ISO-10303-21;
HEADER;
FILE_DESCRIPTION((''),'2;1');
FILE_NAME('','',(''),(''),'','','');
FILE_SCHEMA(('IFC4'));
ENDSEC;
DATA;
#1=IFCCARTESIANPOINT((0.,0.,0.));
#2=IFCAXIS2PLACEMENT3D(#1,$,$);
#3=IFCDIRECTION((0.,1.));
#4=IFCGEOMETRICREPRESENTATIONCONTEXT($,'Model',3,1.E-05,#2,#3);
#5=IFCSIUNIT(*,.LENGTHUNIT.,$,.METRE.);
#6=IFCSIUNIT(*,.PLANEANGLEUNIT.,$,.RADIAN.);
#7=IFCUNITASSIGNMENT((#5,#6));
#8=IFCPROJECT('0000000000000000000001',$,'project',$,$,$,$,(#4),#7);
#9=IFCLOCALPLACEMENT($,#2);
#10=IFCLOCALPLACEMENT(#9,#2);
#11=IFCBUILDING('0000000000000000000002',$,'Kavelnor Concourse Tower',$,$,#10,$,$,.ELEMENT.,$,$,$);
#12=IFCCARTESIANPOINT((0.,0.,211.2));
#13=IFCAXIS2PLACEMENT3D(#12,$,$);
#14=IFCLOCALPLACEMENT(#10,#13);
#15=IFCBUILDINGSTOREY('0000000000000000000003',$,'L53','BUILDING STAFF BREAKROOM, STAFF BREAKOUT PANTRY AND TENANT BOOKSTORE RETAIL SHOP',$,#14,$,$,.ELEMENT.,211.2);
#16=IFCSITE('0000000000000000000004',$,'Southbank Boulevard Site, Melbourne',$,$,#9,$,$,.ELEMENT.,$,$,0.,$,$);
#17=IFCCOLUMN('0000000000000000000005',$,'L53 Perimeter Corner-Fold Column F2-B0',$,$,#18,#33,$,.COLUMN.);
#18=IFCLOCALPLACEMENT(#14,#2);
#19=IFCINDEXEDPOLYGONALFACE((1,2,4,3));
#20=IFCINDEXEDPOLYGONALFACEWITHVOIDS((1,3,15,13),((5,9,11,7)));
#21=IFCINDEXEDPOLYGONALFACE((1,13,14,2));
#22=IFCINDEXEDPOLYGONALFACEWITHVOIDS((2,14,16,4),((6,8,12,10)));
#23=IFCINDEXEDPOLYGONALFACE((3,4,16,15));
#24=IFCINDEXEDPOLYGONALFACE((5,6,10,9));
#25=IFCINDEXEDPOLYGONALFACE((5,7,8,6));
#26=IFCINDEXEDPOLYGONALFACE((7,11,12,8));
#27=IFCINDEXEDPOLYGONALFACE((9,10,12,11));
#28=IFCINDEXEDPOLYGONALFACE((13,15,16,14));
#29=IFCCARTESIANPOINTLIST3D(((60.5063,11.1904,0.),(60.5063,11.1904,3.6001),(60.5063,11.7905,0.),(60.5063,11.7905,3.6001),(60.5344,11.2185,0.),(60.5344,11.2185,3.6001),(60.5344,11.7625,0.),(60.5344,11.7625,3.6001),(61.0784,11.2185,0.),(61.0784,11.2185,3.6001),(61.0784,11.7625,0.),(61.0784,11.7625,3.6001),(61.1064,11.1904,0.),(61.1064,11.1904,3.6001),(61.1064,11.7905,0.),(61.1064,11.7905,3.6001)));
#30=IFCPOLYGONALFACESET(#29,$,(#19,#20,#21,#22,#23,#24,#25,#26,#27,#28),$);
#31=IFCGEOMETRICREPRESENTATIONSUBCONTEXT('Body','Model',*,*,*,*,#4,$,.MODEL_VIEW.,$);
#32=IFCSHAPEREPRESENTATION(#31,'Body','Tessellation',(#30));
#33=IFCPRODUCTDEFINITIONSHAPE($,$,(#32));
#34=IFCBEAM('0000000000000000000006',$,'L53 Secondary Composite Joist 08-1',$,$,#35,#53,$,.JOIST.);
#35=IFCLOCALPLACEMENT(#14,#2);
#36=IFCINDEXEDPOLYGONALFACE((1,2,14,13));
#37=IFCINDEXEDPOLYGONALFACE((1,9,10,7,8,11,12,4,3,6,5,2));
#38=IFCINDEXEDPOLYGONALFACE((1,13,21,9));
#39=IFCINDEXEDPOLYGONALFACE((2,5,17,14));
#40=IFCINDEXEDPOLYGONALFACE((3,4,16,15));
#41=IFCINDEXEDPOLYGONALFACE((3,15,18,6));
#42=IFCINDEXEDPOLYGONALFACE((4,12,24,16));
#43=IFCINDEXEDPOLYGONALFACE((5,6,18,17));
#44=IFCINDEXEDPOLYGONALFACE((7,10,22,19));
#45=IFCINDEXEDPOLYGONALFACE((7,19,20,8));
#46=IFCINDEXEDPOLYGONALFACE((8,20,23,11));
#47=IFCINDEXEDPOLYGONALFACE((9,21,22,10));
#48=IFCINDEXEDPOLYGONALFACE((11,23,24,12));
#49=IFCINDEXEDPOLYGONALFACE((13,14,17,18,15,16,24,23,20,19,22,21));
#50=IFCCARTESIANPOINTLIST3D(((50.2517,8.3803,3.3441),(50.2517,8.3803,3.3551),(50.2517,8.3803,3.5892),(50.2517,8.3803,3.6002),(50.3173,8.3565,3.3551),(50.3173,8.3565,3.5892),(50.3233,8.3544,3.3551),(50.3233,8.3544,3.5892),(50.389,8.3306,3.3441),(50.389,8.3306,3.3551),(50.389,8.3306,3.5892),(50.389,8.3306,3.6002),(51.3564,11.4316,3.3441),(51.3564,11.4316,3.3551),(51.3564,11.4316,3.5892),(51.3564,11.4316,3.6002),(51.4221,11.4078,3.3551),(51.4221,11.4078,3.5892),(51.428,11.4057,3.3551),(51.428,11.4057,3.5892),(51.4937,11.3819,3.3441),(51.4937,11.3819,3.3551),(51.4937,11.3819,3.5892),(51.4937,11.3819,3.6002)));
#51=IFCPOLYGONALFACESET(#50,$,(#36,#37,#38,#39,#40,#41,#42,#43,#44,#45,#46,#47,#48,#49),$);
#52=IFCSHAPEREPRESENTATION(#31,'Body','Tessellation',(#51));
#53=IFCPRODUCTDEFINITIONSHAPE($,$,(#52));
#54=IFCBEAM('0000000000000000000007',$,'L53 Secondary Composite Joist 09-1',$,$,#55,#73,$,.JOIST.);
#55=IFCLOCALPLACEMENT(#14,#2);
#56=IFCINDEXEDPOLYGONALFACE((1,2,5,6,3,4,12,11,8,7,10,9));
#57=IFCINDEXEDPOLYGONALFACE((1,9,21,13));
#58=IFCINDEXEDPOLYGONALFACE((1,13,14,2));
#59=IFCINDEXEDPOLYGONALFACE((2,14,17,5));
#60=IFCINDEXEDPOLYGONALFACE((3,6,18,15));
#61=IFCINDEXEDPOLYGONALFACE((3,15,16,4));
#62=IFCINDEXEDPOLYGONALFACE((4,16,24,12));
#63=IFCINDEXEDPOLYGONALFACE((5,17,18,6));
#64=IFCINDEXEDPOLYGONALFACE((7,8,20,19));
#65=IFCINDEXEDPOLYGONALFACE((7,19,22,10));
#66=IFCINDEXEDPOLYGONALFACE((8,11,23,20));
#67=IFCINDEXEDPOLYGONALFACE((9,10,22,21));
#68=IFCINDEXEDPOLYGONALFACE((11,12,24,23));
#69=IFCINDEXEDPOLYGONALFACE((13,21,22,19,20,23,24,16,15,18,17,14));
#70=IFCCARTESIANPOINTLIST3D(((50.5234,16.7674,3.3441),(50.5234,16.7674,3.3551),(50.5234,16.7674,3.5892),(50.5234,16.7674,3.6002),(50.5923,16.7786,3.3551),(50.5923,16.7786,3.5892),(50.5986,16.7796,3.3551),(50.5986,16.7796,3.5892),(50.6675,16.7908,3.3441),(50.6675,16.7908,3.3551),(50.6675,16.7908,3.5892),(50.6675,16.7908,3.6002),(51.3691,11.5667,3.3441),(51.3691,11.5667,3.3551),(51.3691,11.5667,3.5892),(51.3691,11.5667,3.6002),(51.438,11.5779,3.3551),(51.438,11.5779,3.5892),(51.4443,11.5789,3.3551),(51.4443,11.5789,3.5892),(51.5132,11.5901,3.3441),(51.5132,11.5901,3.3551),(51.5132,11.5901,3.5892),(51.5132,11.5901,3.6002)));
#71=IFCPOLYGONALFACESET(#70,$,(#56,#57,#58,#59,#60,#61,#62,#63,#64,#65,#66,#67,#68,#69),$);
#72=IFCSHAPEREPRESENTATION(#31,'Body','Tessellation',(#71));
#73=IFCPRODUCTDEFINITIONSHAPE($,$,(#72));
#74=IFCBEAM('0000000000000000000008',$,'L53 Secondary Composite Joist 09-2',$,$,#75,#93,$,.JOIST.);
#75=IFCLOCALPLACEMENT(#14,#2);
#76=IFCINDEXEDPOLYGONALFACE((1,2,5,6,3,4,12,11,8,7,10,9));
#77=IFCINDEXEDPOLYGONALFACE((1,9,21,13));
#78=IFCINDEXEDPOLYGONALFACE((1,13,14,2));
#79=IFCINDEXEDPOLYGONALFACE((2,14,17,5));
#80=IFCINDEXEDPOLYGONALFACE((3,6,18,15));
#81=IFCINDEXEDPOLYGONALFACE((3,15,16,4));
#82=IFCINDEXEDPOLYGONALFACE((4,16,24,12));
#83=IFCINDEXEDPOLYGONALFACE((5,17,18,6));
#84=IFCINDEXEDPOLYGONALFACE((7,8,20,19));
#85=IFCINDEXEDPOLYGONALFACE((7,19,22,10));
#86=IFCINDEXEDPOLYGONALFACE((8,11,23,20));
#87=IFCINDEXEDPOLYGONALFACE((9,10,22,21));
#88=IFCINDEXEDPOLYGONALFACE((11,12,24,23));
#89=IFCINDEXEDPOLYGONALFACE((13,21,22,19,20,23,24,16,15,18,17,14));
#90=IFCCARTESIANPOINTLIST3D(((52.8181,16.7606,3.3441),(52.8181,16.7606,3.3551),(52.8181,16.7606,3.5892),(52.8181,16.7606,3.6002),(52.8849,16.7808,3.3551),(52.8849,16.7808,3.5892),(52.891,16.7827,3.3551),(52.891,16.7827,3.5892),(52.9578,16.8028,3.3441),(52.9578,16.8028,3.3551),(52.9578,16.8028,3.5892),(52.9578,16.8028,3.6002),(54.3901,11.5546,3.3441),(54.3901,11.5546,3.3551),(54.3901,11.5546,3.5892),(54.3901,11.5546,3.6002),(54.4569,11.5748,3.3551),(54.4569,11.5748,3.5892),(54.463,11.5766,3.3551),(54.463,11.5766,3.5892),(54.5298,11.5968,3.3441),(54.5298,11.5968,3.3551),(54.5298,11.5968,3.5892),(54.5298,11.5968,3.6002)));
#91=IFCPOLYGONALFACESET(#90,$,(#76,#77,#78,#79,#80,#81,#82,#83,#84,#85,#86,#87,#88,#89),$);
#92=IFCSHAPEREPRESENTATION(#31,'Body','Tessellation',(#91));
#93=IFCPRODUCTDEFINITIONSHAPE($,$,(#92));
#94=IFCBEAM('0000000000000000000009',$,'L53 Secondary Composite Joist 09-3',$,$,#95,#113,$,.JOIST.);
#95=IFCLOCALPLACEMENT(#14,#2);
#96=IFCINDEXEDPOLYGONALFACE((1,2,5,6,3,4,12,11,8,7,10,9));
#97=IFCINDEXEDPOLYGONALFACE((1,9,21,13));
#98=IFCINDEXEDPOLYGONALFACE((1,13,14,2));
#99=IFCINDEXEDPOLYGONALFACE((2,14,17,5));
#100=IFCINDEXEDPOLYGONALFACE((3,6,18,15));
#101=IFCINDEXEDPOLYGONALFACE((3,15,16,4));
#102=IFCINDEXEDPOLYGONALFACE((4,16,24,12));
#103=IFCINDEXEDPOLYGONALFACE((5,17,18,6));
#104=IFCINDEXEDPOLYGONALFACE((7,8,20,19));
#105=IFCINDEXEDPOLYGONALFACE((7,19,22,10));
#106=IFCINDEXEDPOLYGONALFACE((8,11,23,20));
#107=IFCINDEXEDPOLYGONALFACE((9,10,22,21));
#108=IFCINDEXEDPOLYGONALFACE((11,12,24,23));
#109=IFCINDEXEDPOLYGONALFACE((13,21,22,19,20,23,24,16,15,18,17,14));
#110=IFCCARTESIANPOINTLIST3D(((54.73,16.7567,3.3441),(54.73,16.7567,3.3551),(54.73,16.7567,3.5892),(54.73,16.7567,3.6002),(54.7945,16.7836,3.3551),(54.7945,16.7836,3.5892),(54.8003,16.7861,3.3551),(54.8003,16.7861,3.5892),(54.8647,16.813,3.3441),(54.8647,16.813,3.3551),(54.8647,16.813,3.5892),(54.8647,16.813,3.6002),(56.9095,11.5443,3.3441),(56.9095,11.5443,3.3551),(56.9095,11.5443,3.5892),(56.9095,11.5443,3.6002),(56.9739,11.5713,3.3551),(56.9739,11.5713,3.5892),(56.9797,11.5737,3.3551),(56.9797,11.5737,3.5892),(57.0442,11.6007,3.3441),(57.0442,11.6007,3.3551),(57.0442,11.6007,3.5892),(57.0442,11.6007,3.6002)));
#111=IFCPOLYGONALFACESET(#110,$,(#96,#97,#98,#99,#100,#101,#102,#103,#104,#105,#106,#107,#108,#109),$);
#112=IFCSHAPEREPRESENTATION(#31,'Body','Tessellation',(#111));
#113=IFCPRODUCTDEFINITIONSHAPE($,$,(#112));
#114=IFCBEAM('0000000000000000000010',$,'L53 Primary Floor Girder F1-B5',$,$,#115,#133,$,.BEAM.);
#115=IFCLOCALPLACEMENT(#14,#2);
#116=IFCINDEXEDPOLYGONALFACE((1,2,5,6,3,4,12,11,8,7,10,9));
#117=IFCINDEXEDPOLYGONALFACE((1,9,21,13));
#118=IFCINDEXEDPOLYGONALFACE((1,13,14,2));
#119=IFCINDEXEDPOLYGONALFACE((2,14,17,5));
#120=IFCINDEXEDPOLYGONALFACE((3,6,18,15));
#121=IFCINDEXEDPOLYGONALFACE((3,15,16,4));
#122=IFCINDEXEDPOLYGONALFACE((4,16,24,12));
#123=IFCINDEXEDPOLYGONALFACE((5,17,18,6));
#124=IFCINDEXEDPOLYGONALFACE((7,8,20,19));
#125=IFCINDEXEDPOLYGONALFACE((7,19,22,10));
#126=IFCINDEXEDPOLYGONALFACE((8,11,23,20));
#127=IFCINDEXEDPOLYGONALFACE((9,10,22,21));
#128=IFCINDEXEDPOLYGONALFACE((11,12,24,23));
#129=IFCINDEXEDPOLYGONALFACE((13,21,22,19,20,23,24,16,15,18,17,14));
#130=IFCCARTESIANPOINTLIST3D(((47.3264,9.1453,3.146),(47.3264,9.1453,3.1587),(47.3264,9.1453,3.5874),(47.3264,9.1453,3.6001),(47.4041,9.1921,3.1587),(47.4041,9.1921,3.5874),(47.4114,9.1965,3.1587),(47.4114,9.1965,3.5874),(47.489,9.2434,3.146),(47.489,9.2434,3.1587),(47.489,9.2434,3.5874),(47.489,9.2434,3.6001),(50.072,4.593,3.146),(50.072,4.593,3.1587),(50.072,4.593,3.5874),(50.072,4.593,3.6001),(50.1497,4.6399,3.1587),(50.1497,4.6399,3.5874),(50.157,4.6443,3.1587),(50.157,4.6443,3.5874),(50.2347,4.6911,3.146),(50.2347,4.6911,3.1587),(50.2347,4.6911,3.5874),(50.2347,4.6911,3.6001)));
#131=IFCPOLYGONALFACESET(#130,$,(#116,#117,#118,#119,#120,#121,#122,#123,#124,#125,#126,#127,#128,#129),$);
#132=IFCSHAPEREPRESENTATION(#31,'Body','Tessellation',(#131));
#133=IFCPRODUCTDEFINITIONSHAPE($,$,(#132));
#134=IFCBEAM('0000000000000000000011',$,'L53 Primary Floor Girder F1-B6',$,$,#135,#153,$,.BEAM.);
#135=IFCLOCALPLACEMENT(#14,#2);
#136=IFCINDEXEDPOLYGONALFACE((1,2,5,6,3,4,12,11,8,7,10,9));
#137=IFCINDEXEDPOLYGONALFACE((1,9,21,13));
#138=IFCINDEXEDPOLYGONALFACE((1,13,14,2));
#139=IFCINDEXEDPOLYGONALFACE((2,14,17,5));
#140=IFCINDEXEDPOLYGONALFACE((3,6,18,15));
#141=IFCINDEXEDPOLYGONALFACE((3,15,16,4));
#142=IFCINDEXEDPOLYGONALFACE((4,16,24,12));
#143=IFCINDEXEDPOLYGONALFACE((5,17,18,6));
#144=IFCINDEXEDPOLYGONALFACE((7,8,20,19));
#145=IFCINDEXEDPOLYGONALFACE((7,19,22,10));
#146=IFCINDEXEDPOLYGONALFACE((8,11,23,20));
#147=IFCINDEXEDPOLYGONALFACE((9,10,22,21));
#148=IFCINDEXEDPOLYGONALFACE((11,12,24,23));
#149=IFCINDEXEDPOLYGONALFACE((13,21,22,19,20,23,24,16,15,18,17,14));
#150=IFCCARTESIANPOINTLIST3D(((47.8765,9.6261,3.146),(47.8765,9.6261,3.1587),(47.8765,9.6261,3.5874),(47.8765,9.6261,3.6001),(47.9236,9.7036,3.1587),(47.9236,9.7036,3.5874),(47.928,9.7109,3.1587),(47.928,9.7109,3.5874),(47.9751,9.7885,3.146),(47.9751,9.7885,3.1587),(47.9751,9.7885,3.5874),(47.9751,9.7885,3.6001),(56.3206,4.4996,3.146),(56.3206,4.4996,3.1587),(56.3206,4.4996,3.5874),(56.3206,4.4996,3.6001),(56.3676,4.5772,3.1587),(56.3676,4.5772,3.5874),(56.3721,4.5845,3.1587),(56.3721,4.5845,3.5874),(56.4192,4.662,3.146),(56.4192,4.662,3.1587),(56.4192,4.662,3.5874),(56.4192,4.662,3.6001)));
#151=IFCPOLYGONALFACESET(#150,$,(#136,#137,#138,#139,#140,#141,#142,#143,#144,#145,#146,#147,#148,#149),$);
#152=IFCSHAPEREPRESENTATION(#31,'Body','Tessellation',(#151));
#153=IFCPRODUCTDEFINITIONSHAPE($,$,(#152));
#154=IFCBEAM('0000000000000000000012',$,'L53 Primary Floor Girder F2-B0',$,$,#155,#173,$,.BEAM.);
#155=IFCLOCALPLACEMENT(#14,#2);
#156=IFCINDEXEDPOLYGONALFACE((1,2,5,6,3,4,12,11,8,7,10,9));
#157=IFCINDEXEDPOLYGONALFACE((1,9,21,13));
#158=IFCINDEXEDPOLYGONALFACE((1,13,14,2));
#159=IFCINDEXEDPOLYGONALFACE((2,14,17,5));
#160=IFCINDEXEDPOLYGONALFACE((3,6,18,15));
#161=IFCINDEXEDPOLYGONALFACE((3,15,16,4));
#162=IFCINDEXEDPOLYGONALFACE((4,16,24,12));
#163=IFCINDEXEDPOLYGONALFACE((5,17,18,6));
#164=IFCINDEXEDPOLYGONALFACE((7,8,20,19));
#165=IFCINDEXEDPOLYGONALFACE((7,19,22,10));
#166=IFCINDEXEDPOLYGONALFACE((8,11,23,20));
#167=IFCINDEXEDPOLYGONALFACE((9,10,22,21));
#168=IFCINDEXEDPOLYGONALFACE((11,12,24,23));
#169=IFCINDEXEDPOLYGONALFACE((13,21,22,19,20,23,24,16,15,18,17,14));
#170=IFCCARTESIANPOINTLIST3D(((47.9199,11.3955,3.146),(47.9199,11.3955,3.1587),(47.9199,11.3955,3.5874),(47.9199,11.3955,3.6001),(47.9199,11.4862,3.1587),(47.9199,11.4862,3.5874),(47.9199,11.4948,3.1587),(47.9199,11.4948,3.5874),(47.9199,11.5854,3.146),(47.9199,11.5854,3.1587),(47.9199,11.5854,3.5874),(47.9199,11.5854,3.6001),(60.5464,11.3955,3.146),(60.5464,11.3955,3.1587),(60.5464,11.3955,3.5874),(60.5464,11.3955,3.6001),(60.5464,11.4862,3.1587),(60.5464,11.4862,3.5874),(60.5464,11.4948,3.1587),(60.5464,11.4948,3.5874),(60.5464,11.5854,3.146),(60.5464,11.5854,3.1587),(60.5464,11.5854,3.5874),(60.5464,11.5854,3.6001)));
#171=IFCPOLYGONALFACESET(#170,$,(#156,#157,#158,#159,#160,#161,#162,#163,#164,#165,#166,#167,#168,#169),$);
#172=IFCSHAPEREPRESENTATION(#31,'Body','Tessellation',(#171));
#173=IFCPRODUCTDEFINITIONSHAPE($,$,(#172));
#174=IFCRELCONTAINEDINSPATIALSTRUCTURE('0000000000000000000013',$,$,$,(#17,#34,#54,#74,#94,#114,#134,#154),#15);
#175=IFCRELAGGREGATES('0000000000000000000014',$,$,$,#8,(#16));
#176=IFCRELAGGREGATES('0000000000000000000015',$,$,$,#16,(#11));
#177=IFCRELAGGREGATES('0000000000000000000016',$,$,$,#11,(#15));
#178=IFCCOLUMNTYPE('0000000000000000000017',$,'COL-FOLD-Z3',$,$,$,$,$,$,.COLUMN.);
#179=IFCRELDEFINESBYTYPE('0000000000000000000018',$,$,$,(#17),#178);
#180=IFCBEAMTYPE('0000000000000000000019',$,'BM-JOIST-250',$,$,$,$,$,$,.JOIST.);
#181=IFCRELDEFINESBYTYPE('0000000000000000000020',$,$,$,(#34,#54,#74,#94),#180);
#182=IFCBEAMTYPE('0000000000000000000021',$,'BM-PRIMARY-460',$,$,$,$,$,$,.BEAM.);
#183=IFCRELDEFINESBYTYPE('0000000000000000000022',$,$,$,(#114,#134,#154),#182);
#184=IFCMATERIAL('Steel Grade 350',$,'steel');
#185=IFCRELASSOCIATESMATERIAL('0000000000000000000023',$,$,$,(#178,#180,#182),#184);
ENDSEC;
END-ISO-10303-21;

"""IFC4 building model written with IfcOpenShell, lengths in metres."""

from ifc_helpers import new_model, si_unit, direction, frame, origin, origin_2d, place, context, subcontext, project, spatial, hollow_rectangle, i_section, extrude, material, material_profile, profile_set, type_object, element, save


model = new_model("IFC4")

# Units and contexts
model_context = context("Model", 3, precision=1e-05, world=origin(), true_north=direction((0.0, 1.0)))
body_context = subcontext(model_context, "Body", "Model", "MODEL_VIEW")
ifc_project = project(units=[si_unit("LENGTHUNIT", "METRE"), si_unit("PLANEANGLEUNIT", "RADIAN")], contexts=[model_context])

# Site, building, storey
site_placement = place(None, origin())
site = spatial("IfcSite", under=ifc_project, at=site_placement, Name="Southbank Boulevard Site, Melbourne", CompositionType="ELEMENT", RefElevation=0.0)
building_placement = place(site_placement, origin())
building = spatial("IfcBuilding", under=site, at=building_placement, Name="Kavelnor Concourse Tower", CompositionType="ELEMENT")
storey_placement = place(building_placement, frame((0.0, 0.0, 211.2)))
storey = spatial("IfcBuildingStorey", under=building, at=storey_placement, Name="L53", Description="BUILDING STAFF BREAKROOM, STAFF BREAKOUT PANTRY AND TENANT BOOKSTORE RETAIL SHOP", CompositionType="ELEMENT", Elevation=211.2)

# Column
ifc_material_1 = material(Name="Steel Grade 350", Category="steel")
ifc_material_profile_1 = material_profile(ifc_material_1, hollow_rectangle(XDim=0.6001, YDim=0.6001, WallThickness=0.0281, at=origin_2d()), Name="SHS 600x600x28")
ifc_profile_set_1 = profile_set([ifc_material_profile_1], Name="Steel Grade 350")
column_type = type_object("IfcColumnType", Name="COL-FOLD-Z3", PredefinedType="COLUMN", material=ifc_profile_set_1)
column_placement = place(storey_placement, frame((60.8064, 11.4905, 0.0), z_axis=(0.0, 0.0, 1.0), x_axis=(1.0, 0.0, 0.0)))
element("IfcColumn", 1, at=column_placement, inside=storey, type_object=column_type, Name="L53 Perimeter Corner-Fold Column F2-B0", PredefinedType="COLUMN", context=body_context, shape_type="SweptSolid", body=[
    extrude(hollow_rectangle(XDim=0.6001, YDim=0.6001, WallThickness=0.0281, at=origin_2d()), origin(), (0.0, 0.0, 1.0), 3.6001),
])

# Beams
ifc_material_profile_2 = material_profile(ifc_material_1, i_section(OverallWidth=0.146, OverallDepth=0.2561, WebThickness=0.0063, FlangeThickness=0.011, at=origin_2d()), Name="250UB37")
ifc_profile_set_2 = profile_set([ifc_material_profile_2], Name="Steel Grade 350")
beam_type_1 = type_object("IfcBeamType", Name="BM-JOIST-250", PredefinedType="JOIST", material=ifc_profile_set_2)
beam_1_placement = place(storey_placement, frame((50.3203, 8.3555, 3.4722), z_axis=(0.340432, 0.940269, 0.0), x_axis=(-0.940269, 0.340432, 0.0)))
element("IfcBeam", 2, at=beam_1_placement, inside=storey, type_object=beam_type_1, Name="L53 Secondary Composite Joist 08-1", PredefinedType="JOIST", context=body_context, shape_type="SweptSolid", body=[
    extrude(i_section(OverallWidth=0.146, OverallDepth=0.2561, WebThickness=0.0063, FlangeThickness=0.011, at=origin_2d()), origin(), (0.0, 0.0, 1.0), 3.2451),
])
beam_2_placement = place(storey_placement, frame((51.4412, 11.5784, 3.4722), z_axis=(-0.160506, 0.987035, 0.0), x_axis=(-0.987035, -0.160506, 0.0)))
element("IfcBeam", 3, at=beam_2_placement, inside=storey, type_object=beam_type_1, Name="L53 Secondary Composite Joist 09-1", PredefinedType="JOIST", context=body_context, shape_type="SweptSolid", body=[
    extrude(i_section(OverallWidth=0.146, OverallDepth=0.2561, WebThickness=0.0063, FlangeThickness=0.011, at=origin_2d()), origin(), (0.0, 0.0, 1.0), 5.269),
])
beam_3_placement = place(storey_placement, frame((54.46, 11.5757, 3.4722), z_axis=(-0.289069, 0.957308, 0.0), x_axis=(-0.957308, -0.289069, 0.0)))
element("IfcBeam", 4, at=beam_3_placement, inside=storey, type_object=beam_type_1, Name="L53 Secondary Composite Joist 09-2", PredefinedType="JOIST", context=body_context, shape_type="SweptSolid", body=[
    extrude(i_section(OverallWidth=0.146, OverallDepth=0.2561, WebThickness=0.0063, FlangeThickness=0.011, at=origin_2d()), origin(), (0.0, 0.0, 1.0), 5.4382),
])
beam_4_placement = place(storey_placement, frame((56.9768, 11.5725, 3.4722), z_axis=(-0.385763, 0.922598, 0.0), x_axis=(-0.922598, -0.385763, 0.0)))
element("IfcBeam", 5, at=beam_4_placement, inside=storey, type_object=beam_type_1, Name="L53 Secondary Composite Joist 09-3", PredefinedType="JOIST", context=body_context, shape_type="SweptSolid", body=[
    extrude(i_section(OverallWidth=0.146, OverallDepth=0.2561, WebThickness=0.0063, FlangeThickness=0.011, at=origin_2d()), origin(), (0.0, 0.0, 1.0), 5.6497),
])
ifc_material_profile_3 = material_profile(ifc_material_1, i_section(OverallWidth=0.1899, OverallDepth=0.4541, WebThickness=0.0085, FlangeThickness=0.0127, at=origin_2d()), Name="460UB67")
ifc_profile_set_3 = profile_set([ifc_material_profile_3], Name="Steel Grade 350")
beam_type_2 = type_object("IfcBeamType", Name="BM-PRIMARY-460", PredefinedType="BEAM", material=ifc_profile_set_3)
beam_5_placement = place(storey_placement, frame((47.4077, 9.1943, 3.373), z_axis=(0.516466, -0.856307, 0.0), x_axis=(0.856307, 0.516466, 0.0)))
element("IfcBeam", 6, at=beam_5_placement, inside=storey, type_object=beam_type_2, Name="L53 Primary Floor Girder F1-B5", PredefinedType="BEAM", context=body_context, shape_type="SweptSolid", body=[
    extrude(i_section(OverallWidth=0.1899, OverallDepth=0.4541, WebThickness=0.0085, FlangeThickness=0.0127, at=origin_2d()), origin(), (0.0, 0.0, 1.0), 5.3162),
])
beam_6_placement = place(storey_placement, frame((47.9258, 9.7073, 3.373), z_axis=(0.854801, -0.518956, 0.0), x_axis=(0.518956, 0.854801, 0.0)))
element("IfcBeam", 7, at=beam_6_placement, inside=storey, type_object=beam_type_2, Name="L53 Primary Floor Girder F1-B6", PredefinedType="BEAM", context=body_context, shape_type="SweptSolid", body=[
    extrude(i_section(OverallWidth=0.1899, OverallDepth=0.4541, WebThickness=0.0085, FlangeThickness=0.0127, at=origin_2d()), origin(), (0.0, 0.0, 1.0), 9.8784),
])
beam_7_placement = place(storey_placement, frame((47.9199, 11.4905, 3.373), z_axis=(1.0, 0.0, 0.0), x_axis=(0.0, 1.0, 0.0)))
element("IfcBeam", 8, at=beam_7_placement, inside=storey, type_object=beam_type_2, Name="L53 Primary Floor Girder F2-B0", PredefinedType="BEAM", context=body_context, shape_type="SweptSolid", body=[
    extrude(i_section(OverallWidth=0.1899, OverallDepth=0.4541, WebThickness=0.0085, FlangeThickness=0.0127, at=origin_2d()), origin(), (0.0, 0.0, 1.0), 12.6265),
])

save(model, "model.ifc")
